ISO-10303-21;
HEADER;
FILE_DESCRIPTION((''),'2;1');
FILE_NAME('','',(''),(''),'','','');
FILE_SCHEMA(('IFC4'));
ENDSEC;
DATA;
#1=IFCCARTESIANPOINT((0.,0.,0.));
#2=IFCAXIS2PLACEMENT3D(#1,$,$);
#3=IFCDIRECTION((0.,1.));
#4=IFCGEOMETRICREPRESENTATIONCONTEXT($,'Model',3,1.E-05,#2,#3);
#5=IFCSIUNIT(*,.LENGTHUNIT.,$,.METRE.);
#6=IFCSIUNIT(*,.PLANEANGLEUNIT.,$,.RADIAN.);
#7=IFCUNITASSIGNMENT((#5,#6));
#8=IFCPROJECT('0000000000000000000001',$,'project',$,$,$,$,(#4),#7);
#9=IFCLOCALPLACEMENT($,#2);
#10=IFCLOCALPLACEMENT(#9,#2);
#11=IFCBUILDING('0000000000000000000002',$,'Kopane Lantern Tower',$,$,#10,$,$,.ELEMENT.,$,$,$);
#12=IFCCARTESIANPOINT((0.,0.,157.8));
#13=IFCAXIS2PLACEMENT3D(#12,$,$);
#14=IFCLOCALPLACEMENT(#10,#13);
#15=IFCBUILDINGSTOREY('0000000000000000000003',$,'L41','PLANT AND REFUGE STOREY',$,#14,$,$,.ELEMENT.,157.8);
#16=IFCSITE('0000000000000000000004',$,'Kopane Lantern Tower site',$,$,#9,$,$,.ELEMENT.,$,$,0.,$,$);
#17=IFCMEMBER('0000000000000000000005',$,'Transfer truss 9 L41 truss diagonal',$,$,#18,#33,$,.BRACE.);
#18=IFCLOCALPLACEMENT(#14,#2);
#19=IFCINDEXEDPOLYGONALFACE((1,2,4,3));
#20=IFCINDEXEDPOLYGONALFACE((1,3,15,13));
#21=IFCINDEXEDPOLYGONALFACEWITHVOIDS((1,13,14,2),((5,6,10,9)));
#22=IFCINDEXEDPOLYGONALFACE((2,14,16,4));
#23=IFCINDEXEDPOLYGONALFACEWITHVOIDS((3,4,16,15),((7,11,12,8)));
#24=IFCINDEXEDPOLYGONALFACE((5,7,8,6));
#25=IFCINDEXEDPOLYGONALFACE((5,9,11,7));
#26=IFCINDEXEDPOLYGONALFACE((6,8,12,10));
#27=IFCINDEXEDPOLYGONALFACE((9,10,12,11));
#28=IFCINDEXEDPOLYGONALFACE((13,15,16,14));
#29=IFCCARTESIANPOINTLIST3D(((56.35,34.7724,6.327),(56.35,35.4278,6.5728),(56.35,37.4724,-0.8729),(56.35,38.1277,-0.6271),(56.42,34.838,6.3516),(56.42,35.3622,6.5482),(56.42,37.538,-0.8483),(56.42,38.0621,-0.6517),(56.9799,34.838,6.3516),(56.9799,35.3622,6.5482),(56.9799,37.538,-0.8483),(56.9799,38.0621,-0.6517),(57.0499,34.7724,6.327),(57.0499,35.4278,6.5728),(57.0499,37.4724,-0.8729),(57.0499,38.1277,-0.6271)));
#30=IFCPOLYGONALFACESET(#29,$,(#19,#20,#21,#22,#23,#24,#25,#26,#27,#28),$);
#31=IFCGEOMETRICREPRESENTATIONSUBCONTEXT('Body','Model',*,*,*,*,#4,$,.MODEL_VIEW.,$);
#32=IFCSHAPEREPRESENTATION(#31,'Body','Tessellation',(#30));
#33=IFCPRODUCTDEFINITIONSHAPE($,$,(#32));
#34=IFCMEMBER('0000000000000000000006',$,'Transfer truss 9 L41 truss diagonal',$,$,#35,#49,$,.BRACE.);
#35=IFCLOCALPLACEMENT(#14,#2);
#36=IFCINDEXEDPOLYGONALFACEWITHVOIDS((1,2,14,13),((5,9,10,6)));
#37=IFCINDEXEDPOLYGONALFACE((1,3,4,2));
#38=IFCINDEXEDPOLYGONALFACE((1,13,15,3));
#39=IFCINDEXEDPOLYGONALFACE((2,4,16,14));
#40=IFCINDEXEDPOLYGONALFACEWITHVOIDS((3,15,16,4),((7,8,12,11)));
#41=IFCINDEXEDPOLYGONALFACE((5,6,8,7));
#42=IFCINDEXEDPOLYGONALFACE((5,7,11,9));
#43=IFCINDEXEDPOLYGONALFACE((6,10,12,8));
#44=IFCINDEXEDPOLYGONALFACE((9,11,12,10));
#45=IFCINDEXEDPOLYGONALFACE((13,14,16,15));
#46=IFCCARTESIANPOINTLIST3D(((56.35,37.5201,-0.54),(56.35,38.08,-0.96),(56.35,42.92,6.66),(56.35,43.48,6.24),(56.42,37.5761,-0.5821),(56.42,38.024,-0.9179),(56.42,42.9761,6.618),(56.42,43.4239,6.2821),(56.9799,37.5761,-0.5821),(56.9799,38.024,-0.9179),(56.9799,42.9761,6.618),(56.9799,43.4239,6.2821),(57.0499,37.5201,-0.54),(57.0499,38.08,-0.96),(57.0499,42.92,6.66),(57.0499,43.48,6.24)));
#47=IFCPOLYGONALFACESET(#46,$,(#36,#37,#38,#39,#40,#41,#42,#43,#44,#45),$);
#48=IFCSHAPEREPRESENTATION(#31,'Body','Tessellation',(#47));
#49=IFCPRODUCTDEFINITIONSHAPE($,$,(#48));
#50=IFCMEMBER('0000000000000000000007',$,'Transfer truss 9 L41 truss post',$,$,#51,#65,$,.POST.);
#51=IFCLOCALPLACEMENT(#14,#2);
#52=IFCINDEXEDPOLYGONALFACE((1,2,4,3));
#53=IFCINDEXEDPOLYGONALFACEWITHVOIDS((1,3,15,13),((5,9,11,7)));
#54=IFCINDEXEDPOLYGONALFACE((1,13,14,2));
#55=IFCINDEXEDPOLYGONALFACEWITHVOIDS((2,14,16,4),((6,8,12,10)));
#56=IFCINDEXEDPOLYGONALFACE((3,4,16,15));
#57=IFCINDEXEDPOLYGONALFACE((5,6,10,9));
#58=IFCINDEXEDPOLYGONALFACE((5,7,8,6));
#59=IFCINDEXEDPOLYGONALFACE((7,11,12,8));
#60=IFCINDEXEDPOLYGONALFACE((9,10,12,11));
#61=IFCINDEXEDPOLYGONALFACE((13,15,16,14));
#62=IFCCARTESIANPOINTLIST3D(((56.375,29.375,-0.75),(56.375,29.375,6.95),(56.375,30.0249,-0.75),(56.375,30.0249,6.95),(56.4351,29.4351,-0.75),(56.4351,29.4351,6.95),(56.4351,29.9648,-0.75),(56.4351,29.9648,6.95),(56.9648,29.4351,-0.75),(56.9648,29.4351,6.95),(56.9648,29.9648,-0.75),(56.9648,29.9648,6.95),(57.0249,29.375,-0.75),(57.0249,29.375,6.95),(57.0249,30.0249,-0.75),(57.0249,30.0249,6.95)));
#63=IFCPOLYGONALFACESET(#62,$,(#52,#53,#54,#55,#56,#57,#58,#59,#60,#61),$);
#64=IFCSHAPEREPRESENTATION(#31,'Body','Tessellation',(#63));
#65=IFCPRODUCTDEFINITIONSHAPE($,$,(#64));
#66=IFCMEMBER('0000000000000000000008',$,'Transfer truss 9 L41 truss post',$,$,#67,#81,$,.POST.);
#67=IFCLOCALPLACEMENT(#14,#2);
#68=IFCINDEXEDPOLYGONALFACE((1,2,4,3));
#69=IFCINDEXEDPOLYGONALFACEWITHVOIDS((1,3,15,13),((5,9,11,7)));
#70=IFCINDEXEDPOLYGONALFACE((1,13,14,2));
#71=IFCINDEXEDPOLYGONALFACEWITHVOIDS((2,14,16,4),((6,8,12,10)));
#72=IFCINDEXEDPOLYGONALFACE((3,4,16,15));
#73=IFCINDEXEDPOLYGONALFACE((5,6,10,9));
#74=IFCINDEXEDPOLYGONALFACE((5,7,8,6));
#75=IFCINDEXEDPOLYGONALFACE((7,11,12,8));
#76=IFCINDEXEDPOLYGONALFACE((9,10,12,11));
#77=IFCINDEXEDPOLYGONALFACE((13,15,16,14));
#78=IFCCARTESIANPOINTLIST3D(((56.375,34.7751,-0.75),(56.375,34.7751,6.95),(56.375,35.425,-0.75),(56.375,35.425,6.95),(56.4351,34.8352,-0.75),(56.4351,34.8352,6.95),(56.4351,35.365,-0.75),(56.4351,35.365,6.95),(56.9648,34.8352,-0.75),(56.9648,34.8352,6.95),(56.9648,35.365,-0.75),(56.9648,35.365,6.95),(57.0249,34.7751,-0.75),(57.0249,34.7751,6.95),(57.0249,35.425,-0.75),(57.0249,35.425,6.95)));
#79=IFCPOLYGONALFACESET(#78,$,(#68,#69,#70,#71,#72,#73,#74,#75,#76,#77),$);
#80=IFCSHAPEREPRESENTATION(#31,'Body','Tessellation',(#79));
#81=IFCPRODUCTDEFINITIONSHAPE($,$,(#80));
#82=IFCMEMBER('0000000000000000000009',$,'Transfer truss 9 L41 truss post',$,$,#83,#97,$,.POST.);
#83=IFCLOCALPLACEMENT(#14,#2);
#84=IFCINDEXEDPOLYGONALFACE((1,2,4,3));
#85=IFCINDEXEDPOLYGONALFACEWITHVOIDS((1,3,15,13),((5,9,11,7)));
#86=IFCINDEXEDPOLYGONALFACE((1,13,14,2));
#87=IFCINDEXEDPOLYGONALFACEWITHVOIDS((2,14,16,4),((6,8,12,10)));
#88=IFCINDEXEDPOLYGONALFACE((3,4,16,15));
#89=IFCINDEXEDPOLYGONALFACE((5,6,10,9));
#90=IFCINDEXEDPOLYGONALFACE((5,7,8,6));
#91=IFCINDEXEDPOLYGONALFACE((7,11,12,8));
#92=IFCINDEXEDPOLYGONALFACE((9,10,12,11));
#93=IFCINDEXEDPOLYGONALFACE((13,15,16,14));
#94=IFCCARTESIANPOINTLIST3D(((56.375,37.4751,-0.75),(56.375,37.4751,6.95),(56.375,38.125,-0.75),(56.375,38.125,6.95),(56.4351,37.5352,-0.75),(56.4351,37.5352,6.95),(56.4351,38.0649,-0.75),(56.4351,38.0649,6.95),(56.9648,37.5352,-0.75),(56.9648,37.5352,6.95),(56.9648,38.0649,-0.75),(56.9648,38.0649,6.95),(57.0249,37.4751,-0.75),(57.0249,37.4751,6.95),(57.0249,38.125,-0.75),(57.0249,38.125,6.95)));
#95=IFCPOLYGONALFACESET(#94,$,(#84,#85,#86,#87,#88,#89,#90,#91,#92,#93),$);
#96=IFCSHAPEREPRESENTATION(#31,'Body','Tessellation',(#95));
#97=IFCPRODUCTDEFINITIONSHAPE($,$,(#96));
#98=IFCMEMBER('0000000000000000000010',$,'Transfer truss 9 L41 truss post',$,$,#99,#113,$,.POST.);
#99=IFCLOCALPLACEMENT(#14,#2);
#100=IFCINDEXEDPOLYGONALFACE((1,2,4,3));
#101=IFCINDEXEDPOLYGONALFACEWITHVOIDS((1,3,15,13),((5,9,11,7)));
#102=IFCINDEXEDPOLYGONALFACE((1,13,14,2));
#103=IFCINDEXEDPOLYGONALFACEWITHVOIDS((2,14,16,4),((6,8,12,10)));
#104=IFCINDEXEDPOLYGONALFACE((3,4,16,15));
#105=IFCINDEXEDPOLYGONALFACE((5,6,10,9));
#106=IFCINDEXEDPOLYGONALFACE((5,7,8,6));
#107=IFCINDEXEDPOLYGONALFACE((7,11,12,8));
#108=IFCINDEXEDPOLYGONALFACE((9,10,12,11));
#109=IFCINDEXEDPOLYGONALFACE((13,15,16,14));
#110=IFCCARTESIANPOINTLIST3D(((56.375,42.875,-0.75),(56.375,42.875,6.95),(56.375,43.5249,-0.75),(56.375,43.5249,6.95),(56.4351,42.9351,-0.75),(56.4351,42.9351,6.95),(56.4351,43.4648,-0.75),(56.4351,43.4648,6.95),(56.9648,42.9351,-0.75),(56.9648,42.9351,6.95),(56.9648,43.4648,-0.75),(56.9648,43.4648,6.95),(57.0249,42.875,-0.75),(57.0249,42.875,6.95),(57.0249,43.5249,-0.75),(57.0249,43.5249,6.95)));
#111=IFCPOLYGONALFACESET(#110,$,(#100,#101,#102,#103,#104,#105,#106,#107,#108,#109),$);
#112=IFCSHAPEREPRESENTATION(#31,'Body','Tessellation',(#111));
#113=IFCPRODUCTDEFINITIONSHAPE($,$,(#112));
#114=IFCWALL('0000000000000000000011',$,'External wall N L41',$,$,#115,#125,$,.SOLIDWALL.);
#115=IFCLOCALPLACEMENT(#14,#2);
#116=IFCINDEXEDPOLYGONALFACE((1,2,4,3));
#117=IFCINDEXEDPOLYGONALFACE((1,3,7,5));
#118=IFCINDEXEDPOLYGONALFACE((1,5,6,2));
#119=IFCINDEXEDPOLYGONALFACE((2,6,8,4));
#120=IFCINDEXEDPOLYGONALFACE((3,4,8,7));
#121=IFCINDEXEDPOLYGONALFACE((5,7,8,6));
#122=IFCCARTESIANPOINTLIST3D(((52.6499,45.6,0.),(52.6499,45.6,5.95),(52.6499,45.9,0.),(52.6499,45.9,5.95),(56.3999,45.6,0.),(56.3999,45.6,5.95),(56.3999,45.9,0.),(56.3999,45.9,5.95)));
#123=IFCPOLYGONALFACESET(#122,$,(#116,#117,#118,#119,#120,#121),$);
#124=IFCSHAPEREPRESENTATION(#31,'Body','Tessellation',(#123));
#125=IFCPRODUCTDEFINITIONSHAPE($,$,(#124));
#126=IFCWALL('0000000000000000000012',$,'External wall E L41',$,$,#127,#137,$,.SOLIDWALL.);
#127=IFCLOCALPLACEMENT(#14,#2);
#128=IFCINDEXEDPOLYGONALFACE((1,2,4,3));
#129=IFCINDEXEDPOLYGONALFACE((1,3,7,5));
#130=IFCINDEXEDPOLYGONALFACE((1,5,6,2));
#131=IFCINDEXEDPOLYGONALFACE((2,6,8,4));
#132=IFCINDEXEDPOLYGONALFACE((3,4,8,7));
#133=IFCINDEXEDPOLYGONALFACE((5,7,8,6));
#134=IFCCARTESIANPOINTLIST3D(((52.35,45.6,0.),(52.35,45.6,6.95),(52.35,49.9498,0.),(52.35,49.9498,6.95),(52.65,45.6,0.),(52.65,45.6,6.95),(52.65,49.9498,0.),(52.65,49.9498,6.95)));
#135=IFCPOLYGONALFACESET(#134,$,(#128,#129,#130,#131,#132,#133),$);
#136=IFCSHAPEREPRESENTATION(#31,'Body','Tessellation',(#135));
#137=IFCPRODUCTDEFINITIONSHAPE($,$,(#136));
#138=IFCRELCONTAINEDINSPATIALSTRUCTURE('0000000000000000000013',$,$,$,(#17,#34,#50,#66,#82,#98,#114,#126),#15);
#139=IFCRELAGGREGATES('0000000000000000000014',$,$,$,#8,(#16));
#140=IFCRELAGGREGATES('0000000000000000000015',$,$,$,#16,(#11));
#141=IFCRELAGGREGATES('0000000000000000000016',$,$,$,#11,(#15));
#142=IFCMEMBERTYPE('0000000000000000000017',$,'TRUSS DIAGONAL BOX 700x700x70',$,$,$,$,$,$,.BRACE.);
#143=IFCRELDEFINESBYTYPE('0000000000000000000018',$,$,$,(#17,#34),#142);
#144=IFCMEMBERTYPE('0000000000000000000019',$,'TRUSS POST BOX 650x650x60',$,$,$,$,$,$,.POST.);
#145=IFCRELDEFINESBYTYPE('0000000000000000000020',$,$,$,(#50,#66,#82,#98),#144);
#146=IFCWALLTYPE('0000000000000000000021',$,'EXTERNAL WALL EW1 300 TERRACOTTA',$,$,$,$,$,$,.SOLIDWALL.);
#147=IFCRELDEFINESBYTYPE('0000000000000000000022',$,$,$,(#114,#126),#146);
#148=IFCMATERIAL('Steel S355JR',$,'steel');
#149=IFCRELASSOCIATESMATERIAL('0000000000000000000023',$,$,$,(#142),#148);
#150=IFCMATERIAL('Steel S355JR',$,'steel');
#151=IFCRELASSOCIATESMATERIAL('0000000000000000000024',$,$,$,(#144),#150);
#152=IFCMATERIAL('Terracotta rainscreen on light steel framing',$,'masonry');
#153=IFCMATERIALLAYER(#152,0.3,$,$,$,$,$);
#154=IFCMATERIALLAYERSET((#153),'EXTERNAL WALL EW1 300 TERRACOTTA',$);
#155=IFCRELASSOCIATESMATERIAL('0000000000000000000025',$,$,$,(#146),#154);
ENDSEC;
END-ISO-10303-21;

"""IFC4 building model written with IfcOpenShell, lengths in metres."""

from ifc_helpers import new_model, si_unit, direction, frame, frame_2d, origin, origin_2d, place, context, subcontext, project, spatial, rectangle, hollow_rectangle, extrude, material, layer, layer_set, material_profile, profile_set, type_object, element, save


model = new_model("IFC4")

# Units and contexts
model_context = context("Model", 3, precision=1e-05, world=origin(), true_north=direction((0.0, 1.0)))
body_context = subcontext(model_context, "Body", "Model", "MODEL_VIEW")
ifc_project = project(units=[si_unit("LENGTHUNIT", "METRE"), si_unit("PLANEANGLEUNIT", "RADIAN")], contexts=[model_context])

# Site, building, storey
site_placement = place(None, origin())
site = spatial("IfcSite", under=ifc_project, at=site_placement, Name="Kopane Lantern Tower site", CompositionType="ELEMENT", RefElevation=0.0)
building_placement = place(site_placement, origin())
building = spatial("IfcBuilding", under=site, at=building_placement, Name="Kopane Lantern Tower", CompositionType="ELEMENT")
storey_placement = place(building_placement, frame((0.0, 0.0, 157.8)))
storey = spatial("IfcBuildingStorey", under=building, at=storey_placement, Name="L41", Description="PLANT AND REFUGE STOREY", CompositionType="ELEMENT", Elevation=157.8)

# Members
ifc_material_1 = material(Name="Steel S355JR", Category="steel")
ifc_material_profile_1 = material_profile(ifc_material_1, hollow_rectangle(XDim=0.7, YDim=0.7, WallThickness=0.0701, at=origin_2d()), Name="BOX 700x700x70")
ifc_profile_set_1 = profile_set([ifc_material_profile_1], Name="Steel S355JR")
member_type_1 = type_object("IfcMemberType", Name="TRUSS DIAGONAL BOX 700x700x70", PredefinedType="BRACE", material=ifc_profile_set_1)
member_1_placement = place(storey_placement, frame((56.7, 37.8, -0.75), z_axis=(0.0, -0.35112, 0.93633), x_axis=(1.0, 0.0, 0.0)))
element("IfcMember", 1, at=member_1_placement, inside=storey, type_object=member_type_1, Name="Transfer truss 9 L41 truss diagonal", PredefinedType="BRACE", context=body_context, shape_type="SweptSolid", body=[
    extrude(hollow_rectangle(XDim=0.7, YDim=0.7, WallThickness=0.0701, at=origin_2d()), origin(), (0.0, 0.0, 1.0), 7.6895),
])
member_2_placement = place(storey_placement, frame((56.7, 37.8, -0.75), z_axis=(0.0, 0.599996, 0.800003), x_axis=(-1.0, 0.0, 0.0)))
element("IfcMember", 2, at=member_2_placement, inside=storey, type_object=member_type_1, Name="Transfer truss 9 L41 truss diagonal", PredefinedType="BRACE", context=body_context, shape_type="SweptSolid", body=[
    extrude(hollow_rectangle(XDim=0.7, YDim=0.7, WallThickness=0.0701, at=origin_2d()), origin(), (0.0, 0.0, 1.0), 9.0),
])
ifc_material_2 = material(Name="Steel S355JR", Category="steel")
ifc_material_profile_2 = material_profile(ifc_material_2, hollow_rectangle(XDim=0.6499, YDim=0.6499, WallThickness=0.0601, at=origin_2d()), Name="BOX 650x650x60")
ifc_profile_set_2 = profile_set([ifc_material_profile_2], Name="Steel S355JR")
member_type_2 = type_object("IfcMemberType", Name="TRUSS POST BOX 650x650x60", PredefinedType="POST", material=ifc_profile_set_2)
for number, where, z_axis, x_axis, name in (
    (3, (56.7, 29.7, -0.75), (0.0, 0.0, 1.0), (1.0, 0.0, 0.0), "Transfer truss 9 L41 truss post"),
    (4, (56.7, 35.1001, -0.75), (0.0, 0.0, 1.0), (1.0, 0.0, 0.0), "Transfer truss 9 L41 truss post"),
    (5, (56.7, 37.8, -0.75), (0.0, 0.0, 1.0), (1.0, 0.0, 0.0), "Transfer truss 9 L41 truss post"),
    (6, (56.7, 43.2, -0.75), (0.0, 0.0, 1.0), (1.0, 0.0, 0.0), "Transfer truss 9 L41 truss post"),
):
    element("IfcMember", number, at=place(storey_placement, frame(where, z_axis=z_axis, x_axis=x_axis)), inside=storey, type_object=member_type_2, Name=name, PredefinedType="POST", context=body_context, shape_type="SweptSolid", body=[
        extrude(hollow_rectangle(XDim=0.6499, YDim=0.6499, WallThickness=0.0601, at=origin_2d()), origin(), (0.0, 0.0, 1.0), 7.7),
    ])

# Walls
ifc_material_3 = material(Name="Terracotta rainscreen on light steel framing", Category="masonry")
ifc_layer = layer(ifc_material_3, 0.3)
ifc_layer_set = layer_set([ifc_layer], Name="EXTERNAL WALL EW1 300 TERRACOTTA")
wall_type = type_object("IfcWallType", Name="EXTERNAL WALL EW1 300 TERRACOTTA", PredefinedType="SOLIDWALL", material=ifc_layer_set)
wall_1_placement = place(storey_placement, frame((56.3999, 45.75, 0.0), z_axis=(0.0, 0.0, 1.0), x_axis=(-1.0, 0.0, 0.0)))
element("IfcWall", 7, at=wall_1_placement, inside=storey, type_object=wall_type, Name="External wall N L41", PredefinedType="SOLIDWALL", context=body_context, shape_type="SweptSolid", body=[
    extrude(rectangle(XDim=3.75, YDim=0.3, at=frame_2d((1.875, 0.0))), origin(), (0.0, 0.0, 1.0), 5.95),
])
wall_2_placement = place(storey_placement, frame((52.5, 45.6001, 0.0), z_axis=(0.0, 0.0, 1.0), x_axis=(0.0, 1.0, 0.0)))
element("IfcWall", 8, at=wall_2_placement, inside=storey, type_object=wall_type, Name="External wall E L41", PredefinedType="SOLIDWALL", context=body_context, shape_type="SweptSolid", body=[
    extrude(rectangle(XDim=4.3499, YDim=0.3, at=frame_2d((2.1748, 0.0))), origin(), (0.0, 0.0, 1.0), 6.95),
])

save(model, "model.ifc")
